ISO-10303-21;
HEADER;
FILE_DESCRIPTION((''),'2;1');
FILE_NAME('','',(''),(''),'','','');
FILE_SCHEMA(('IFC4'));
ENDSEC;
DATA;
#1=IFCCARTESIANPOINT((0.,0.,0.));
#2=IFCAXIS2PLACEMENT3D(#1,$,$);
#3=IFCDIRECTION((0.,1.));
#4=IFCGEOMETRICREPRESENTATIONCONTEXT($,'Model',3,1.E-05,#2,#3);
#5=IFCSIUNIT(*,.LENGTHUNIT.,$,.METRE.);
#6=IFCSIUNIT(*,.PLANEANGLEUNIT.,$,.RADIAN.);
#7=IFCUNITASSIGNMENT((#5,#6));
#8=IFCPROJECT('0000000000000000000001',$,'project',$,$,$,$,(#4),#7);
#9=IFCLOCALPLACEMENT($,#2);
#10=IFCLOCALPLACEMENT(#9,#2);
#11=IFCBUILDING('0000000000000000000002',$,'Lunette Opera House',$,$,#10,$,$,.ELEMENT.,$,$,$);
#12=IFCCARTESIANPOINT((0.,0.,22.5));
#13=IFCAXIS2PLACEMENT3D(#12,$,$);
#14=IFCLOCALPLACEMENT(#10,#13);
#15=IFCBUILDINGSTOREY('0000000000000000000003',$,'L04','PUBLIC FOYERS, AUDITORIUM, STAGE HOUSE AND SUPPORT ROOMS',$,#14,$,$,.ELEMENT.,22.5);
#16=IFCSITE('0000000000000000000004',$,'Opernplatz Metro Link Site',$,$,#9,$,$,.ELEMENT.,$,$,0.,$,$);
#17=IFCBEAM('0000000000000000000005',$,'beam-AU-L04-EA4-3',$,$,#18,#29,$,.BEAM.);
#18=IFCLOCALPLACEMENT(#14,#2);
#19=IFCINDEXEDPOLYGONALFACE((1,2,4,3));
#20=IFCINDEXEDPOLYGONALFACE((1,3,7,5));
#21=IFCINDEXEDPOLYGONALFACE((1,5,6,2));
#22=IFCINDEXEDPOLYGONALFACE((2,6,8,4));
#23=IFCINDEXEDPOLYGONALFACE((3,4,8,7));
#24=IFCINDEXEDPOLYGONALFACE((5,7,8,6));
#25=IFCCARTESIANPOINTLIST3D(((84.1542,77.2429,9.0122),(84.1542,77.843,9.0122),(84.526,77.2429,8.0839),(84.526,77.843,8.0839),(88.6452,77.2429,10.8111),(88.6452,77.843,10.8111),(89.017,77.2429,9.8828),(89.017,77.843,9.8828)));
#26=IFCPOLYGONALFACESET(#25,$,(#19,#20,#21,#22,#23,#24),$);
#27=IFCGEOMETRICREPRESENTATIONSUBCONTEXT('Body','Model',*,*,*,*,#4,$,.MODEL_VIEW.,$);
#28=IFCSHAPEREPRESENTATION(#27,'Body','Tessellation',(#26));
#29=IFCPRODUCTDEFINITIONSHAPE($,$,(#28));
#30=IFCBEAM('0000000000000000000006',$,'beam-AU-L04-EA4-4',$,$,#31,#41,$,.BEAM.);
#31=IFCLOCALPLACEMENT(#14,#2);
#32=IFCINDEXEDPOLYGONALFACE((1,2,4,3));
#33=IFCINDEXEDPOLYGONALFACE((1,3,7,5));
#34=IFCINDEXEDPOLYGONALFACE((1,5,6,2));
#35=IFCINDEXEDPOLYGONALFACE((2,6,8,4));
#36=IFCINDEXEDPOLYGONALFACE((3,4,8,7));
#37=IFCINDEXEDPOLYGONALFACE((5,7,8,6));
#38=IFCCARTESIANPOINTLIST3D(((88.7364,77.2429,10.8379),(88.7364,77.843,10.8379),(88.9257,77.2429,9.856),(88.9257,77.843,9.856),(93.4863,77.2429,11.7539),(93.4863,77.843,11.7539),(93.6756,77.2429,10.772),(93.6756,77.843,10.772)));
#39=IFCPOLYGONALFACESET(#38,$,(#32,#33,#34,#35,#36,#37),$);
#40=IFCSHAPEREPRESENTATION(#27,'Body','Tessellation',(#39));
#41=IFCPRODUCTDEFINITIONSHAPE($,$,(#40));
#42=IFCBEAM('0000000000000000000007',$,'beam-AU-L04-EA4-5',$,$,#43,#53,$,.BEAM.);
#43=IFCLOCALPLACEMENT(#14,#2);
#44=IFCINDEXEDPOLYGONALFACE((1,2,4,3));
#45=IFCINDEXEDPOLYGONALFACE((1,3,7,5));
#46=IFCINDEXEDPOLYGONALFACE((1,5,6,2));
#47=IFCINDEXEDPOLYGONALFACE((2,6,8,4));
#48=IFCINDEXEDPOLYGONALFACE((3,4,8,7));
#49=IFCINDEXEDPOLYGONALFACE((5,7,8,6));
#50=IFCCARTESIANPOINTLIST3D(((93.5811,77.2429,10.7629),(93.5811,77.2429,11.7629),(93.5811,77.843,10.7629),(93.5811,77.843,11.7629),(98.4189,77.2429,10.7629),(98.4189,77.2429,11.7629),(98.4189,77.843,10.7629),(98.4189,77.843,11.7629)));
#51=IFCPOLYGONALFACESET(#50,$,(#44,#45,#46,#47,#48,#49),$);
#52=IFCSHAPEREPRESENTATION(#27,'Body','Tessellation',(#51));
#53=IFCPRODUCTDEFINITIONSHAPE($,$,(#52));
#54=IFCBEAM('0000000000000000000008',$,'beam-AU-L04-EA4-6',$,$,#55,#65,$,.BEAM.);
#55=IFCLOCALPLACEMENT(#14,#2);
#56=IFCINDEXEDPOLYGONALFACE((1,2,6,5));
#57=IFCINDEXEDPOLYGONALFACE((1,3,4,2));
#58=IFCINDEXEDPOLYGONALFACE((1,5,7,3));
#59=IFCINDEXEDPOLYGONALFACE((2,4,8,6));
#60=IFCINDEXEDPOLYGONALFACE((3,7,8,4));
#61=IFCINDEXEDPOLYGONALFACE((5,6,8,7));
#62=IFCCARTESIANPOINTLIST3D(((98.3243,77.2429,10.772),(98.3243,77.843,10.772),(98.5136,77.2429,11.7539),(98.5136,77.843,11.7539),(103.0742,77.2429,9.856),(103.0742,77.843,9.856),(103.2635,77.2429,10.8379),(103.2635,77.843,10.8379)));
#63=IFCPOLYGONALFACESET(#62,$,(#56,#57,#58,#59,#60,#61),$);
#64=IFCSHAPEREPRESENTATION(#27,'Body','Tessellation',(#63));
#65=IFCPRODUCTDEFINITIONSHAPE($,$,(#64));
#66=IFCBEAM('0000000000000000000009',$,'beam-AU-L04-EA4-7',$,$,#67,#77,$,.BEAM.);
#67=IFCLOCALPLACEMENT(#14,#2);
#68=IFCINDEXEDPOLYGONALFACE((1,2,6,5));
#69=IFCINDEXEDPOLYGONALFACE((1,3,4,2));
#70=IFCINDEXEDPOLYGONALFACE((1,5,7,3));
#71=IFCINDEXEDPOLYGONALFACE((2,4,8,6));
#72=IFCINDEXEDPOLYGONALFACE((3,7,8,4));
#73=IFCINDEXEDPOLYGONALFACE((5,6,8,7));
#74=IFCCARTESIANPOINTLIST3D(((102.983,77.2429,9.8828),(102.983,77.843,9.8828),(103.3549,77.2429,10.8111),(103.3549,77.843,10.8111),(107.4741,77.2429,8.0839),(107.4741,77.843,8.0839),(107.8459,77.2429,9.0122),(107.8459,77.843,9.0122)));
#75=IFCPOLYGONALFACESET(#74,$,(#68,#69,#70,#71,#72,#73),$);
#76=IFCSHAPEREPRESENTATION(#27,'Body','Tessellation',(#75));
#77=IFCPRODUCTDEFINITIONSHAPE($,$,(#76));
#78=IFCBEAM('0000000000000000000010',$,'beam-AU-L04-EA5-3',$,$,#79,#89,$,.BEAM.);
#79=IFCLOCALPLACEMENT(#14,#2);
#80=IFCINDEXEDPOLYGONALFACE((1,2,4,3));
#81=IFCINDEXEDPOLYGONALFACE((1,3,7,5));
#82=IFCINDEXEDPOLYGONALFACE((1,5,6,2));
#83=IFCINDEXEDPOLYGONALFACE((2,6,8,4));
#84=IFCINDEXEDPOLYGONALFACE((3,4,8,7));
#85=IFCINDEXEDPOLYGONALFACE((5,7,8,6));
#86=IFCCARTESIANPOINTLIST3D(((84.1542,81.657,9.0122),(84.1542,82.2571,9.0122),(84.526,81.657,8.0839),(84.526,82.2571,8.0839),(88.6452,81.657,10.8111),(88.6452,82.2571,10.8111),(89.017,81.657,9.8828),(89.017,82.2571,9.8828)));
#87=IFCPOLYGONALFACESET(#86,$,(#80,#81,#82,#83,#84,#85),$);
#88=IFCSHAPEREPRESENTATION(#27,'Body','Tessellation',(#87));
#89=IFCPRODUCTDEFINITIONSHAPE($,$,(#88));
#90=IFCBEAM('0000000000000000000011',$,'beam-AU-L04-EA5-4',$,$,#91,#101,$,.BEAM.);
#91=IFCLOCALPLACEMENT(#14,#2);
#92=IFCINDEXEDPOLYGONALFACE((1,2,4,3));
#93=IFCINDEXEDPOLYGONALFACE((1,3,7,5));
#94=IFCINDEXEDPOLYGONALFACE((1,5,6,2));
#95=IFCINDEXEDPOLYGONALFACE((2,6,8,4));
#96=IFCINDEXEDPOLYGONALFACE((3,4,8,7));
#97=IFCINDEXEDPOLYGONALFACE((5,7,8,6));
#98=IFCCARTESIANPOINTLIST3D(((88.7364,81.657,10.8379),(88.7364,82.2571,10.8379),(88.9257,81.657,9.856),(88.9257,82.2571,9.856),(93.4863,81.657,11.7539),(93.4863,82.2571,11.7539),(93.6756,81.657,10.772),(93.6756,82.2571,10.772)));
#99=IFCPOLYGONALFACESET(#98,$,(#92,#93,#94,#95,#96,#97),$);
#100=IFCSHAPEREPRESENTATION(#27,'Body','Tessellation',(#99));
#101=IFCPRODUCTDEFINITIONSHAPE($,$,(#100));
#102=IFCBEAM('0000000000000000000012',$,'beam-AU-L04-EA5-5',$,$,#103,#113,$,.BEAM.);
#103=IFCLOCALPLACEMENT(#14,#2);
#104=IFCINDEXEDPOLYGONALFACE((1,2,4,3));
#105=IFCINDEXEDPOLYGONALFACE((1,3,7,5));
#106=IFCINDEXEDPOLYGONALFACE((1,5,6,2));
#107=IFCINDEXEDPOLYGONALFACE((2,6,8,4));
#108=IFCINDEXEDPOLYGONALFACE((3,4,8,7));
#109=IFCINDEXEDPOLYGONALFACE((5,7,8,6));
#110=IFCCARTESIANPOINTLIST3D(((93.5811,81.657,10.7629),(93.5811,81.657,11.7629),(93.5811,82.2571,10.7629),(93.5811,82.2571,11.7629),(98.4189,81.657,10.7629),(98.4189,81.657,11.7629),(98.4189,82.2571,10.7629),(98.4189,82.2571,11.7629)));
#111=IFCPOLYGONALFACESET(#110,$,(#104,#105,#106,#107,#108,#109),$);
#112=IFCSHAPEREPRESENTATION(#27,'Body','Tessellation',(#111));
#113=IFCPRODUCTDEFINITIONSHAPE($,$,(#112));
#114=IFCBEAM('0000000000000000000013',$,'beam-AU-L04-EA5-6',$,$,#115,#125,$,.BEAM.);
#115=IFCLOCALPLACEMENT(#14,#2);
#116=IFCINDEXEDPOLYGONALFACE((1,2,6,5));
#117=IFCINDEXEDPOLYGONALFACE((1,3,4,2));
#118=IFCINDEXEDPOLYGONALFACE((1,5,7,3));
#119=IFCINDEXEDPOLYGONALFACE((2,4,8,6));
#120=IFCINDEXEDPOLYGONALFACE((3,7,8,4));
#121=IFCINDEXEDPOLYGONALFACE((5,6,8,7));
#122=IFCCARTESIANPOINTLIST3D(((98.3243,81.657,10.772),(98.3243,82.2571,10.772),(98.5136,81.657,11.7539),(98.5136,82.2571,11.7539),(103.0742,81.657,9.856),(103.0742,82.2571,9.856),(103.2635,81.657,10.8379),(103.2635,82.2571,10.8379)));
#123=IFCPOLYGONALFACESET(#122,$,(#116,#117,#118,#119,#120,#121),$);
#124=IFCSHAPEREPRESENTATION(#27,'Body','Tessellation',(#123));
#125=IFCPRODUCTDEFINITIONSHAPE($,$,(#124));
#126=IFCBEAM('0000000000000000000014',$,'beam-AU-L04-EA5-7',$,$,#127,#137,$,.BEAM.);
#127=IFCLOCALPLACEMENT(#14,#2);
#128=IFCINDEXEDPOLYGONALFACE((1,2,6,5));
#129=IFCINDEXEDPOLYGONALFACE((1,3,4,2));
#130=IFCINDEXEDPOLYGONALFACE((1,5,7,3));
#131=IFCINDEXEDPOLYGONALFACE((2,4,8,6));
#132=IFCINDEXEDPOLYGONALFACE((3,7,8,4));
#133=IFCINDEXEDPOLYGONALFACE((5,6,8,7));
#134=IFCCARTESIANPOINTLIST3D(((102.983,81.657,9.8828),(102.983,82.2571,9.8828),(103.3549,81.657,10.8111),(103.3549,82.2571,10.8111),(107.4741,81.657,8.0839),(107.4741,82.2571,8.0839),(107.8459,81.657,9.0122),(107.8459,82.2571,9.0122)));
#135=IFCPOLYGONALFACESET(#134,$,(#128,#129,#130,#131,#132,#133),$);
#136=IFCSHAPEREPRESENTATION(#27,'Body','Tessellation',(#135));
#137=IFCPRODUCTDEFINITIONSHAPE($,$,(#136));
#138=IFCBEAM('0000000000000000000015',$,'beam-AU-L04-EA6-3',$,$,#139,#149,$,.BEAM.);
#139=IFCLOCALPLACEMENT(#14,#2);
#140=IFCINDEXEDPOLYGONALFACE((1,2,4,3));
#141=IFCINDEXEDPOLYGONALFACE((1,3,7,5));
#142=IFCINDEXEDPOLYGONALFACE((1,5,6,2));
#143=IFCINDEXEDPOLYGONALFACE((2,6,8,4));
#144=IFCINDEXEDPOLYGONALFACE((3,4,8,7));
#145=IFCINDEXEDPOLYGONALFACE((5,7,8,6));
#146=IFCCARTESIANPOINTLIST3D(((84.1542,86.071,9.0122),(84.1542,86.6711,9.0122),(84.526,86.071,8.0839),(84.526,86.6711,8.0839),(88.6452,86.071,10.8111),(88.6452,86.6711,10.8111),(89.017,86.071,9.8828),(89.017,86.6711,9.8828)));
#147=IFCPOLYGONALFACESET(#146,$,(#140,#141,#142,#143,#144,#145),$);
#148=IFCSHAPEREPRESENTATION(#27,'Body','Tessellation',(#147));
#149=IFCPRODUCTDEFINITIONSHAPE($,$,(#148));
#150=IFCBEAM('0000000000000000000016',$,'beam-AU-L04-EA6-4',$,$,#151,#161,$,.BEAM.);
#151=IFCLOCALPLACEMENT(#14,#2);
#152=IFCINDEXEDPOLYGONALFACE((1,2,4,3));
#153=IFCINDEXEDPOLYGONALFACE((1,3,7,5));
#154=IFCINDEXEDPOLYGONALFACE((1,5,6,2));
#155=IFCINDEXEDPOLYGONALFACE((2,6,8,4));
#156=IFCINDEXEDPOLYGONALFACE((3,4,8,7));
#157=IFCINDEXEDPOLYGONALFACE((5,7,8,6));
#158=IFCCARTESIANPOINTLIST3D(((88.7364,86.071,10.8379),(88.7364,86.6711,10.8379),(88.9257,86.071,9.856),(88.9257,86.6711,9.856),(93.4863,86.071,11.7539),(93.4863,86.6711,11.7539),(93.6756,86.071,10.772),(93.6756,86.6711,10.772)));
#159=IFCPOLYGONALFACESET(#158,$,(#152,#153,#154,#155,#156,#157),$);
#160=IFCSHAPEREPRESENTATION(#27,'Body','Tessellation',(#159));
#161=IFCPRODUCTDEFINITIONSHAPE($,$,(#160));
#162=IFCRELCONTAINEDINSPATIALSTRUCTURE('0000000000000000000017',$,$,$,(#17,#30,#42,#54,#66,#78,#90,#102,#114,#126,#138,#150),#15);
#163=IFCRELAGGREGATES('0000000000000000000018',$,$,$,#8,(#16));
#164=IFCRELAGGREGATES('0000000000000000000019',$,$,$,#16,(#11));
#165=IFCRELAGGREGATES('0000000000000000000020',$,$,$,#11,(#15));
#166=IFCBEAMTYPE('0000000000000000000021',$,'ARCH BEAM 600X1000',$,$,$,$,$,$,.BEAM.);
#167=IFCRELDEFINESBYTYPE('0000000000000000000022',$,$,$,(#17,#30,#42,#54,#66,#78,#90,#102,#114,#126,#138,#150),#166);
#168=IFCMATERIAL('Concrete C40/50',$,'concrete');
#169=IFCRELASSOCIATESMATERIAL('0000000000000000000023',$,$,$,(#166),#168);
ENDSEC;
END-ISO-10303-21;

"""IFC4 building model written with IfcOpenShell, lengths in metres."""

from ifc_helpers import new_model, si_unit, direction, frame, origin, origin_2d, place, context, subcontext, project, spatial, rectangle, extrude, material, material_profile, profile_set, type_object, element, save


model = new_model("IFC4")

# Units and contexts
model_context = context("Model", 3, precision=1e-05, world=origin(), true_north=direction((0.0, 1.0)))
body_context = subcontext(model_context, "Body", "Model", "MODEL_VIEW")
ifc_project = project(units=[si_unit("LENGTHUNIT", "METRE"), si_unit("PLANEANGLEUNIT", "RADIAN")], contexts=[model_context])

# Site, building, storey
site_placement = place(None, origin())
site = spatial("IfcSite", under=ifc_project, at=site_placement, Name="Opernplatz Metro Link Site", CompositionType="ELEMENT", RefElevation=0.0)
building_placement = place(site_placement, origin())
building = spatial("IfcBuilding", under=site, at=building_placement, Name="Lunette Opera House", CompositionType="ELEMENT")
storey_placement = place(building_placement, frame((0.0, 0.0, 22.5)))
storey = spatial("IfcBuildingStorey", under=building, at=storey_placement, Name="L04", Description="PUBLIC FOYERS, AUDITORIUM, STAGE HOUSE AND SUPPORT ROOMS", CompositionType="ELEMENT", Elevation=22.5)

# Beams
ifc_material_1 = material(Name="Concrete C40/50", Category="concrete")
ifc_material_profile_1 = material_profile(ifc_material_1, rectangle(XDim=0.6001, YDim=1.0, at=origin_2d()), Name="ARCH BEAM 600X1000")
ifc_profile_set_1 = profile_set([ifc_material_profile_1], Name="Concrete C40/50")
beam_type_1 = type_object("IfcBeamType", Name="ARCH BEAM 600X1000", PredefinedType="BEAM", material=ifc_profile_set_1)
beam_1_placement = place(storey_placement, frame((84.3401, 77.543, 8.5481), z_axis=(0.928303, 0.0, 0.371826), x_axis=(0.0, 1.0, 0.0)))
element("IfcBeam", 1, at=beam_1_placement, inside=storey, type_object=beam_type_1, Name="beam-AU-L04-EA4-3", PredefinedType="BEAM", context=body_context, shape_type="SweptSolid", body=[
    extrude(rectangle(XDim=0.6001, YDim=1.0, at=origin_2d()), origin(), (0.0, 0.0, 1.0), 4.8379),
])
beam_2_placement = place(storey_placement, frame((88.8311, 77.543, 10.3469), z_axis=(0.981908, 0.0, 0.189357), x_axis=(0.0, 1.0, 0.0)))
element("IfcBeam", 2, at=beam_2_placement, inside=storey, type_object=beam_type_1, Name="beam-AU-L04-EA4-4", PredefinedType="BEAM", context=body_context, shape_type="SweptSolid", body=[
    extrude(rectangle(XDim=0.6001, YDim=1.0, at=origin_2d()), origin(), (0.0, 0.0, 1.0), 4.8374),
])
beam_3_placement = place(storey_placement, frame((93.5811, 77.543, 11.2629), z_axis=(1.0, 0.0, 0.0), x_axis=(0.0, 1.0, 0.0)))
element("IfcBeam", 3, at=beam_3_placement, inside=storey, type_object=beam_type_1, Name="beam-AU-L04-EA4-5", PredefinedType="BEAM", context=body_context, shape_type="SweptSolid", body=[
    extrude(rectangle(XDim=0.6001, YDim=1.0, at=origin_2d()), origin(), (0.0, 0.0, 1.0), 4.8379),
])
beam_4_placement = place(storey_placement, frame((98.4189, 77.543, 11.2629), z_axis=(0.981908, 0.0, -0.189357), x_axis=(0.0, 1.0, 0.0)))
element("IfcBeam", 4, at=beam_4_placement, inside=storey, type_object=beam_type_1, Name="beam-AU-L04-EA4-6", PredefinedType="BEAM", context=body_context, shape_type="SweptSolid", body=[
    extrude(rectangle(XDim=0.6001, YDim=1.0, at=origin_2d()), origin(), (0.0, 0.0, 1.0), 4.8374),
])
for number, where, z_axis, x_axis, name in (
    (5, (103.1689, 77.543, 10.3469), (0.928303, 0.0, -0.371826), (0.0, 1.0, 0.0), "beam-AU-L04-EA4-7"),
    (6, (84.3401, 81.957, 8.5481), (0.928303, 0.0, 0.371826), (0.0, 1.0, 0.0), "beam-AU-L04-EA5-3"),
):
    element("IfcBeam", number, at=place(storey_placement, frame(where, z_axis=z_axis, x_axis=x_axis)), inside=storey, type_object=beam_type_1, Name=name, PredefinedType="BEAM", context=body_context, shape_type="SweptSolid", body=[
        extrude(rectangle(XDim=0.6001, YDim=1.0, at=origin_2d()), origin(), (0.0, 0.0, 1.0), 4.8379),
    ])
beam_5_placement = place(storey_placement, frame((88.8311, 81.957, 10.3469), z_axis=(0.981908, 0.0, 0.189357), x_axis=(0.0, 1.0, 0.0)))
element("IfcBeam", 7, at=beam_5_placement, inside=storey, type_object=beam_type_1, Name="beam-AU-L04-EA5-4", PredefinedType="BEAM", context=body_context, shape_type="SweptSolid", body=[
    extrude(rectangle(XDim=0.6001, YDim=1.0, at=origin_2d()), origin(), (0.0, 0.0, 1.0), 4.8374),
])
beam_6_placement = place(storey_placement, frame((93.5811, 81.957, 11.2629), z_axis=(1.0, 0.0, 0.0), x_axis=(0.0, 1.0, 0.0)))
element("IfcBeam", 8, at=beam_6_placement, inside=storey, type_object=beam_type_1, Name="beam-AU-L04-EA5-5", PredefinedType="BEAM", context=body_context, shape_type="SweptSolid", body=[
    extrude(rectangle(XDim=0.6001, YDim=1.0, at=origin_2d()), origin(), (0.0, 0.0, 1.0), 4.8379),
])
beam_7_placement = place(storey_placement, frame((98.4189, 81.957, 11.2629), z_axis=(0.981908, 0.0, -0.189357), x_axis=(0.0, 1.0, 0.0)))
element("IfcBeam", 9, at=beam_7_placement, inside=storey, type_object=beam_type_1, Name="beam-AU-L04-EA5-6", PredefinedType="BEAM", context=body_context, shape_type="SweptSolid", body=[
    extrude(rectangle(XDim=0.6001, YDim=1.0, at=origin_2d()), origin(), (0.0, 0.0, 1.0), 4.8374),
])
for number, where, z_axis, x_axis, name in (
    (10, (103.1689, 81.957, 10.3469), (0.928303, 0.0, -0.371826), (0.0, 1.0, 0.0), "beam-AU-L04-EA5-7"),
    (11, (84.3401, 86.3711, 8.5481), (0.928303, 0.0, 0.371826), (0.0, 1.0, 0.0), "beam-AU-L04-EA6-3"),
):
    element("IfcBeam", number, at=place(storey_placement, frame(where, z_axis=z_axis, x_axis=x_axis)), inside=storey, type_object=beam_type_1, Name=name, PredefinedType="BEAM", context=body_context, shape_type="SweptSolid", body=[
        extrude(rectangle(XDim=0.6001, YDim=1.0, at=origin_2d()), origin(), (0.0, 0.0, 1.0), 4.8379),
    ])
beam_8_placement = place(storey_placement, frame((88.8311, 86.3711, 10.3469), z_axis=(0.981908, 0.0, 0.189357), x_axis=(0.0, 1.0, 0.0)))
element("IfcBeam", 12, at=beam_8_placement, inside=storey, type_object=beam_type_1, Name="beam-AU-L04-EA6-4", PredefinedType="BEAM", context=body_context, shape_type="SweptSolid", body=[
    extrude(rectangle(XDim=0.6001, YDim=1.0, at=origin_2d()), origin(), (0.0, 0.0, 1.0), 4.8374),
])

save(model, "model.ifc")
